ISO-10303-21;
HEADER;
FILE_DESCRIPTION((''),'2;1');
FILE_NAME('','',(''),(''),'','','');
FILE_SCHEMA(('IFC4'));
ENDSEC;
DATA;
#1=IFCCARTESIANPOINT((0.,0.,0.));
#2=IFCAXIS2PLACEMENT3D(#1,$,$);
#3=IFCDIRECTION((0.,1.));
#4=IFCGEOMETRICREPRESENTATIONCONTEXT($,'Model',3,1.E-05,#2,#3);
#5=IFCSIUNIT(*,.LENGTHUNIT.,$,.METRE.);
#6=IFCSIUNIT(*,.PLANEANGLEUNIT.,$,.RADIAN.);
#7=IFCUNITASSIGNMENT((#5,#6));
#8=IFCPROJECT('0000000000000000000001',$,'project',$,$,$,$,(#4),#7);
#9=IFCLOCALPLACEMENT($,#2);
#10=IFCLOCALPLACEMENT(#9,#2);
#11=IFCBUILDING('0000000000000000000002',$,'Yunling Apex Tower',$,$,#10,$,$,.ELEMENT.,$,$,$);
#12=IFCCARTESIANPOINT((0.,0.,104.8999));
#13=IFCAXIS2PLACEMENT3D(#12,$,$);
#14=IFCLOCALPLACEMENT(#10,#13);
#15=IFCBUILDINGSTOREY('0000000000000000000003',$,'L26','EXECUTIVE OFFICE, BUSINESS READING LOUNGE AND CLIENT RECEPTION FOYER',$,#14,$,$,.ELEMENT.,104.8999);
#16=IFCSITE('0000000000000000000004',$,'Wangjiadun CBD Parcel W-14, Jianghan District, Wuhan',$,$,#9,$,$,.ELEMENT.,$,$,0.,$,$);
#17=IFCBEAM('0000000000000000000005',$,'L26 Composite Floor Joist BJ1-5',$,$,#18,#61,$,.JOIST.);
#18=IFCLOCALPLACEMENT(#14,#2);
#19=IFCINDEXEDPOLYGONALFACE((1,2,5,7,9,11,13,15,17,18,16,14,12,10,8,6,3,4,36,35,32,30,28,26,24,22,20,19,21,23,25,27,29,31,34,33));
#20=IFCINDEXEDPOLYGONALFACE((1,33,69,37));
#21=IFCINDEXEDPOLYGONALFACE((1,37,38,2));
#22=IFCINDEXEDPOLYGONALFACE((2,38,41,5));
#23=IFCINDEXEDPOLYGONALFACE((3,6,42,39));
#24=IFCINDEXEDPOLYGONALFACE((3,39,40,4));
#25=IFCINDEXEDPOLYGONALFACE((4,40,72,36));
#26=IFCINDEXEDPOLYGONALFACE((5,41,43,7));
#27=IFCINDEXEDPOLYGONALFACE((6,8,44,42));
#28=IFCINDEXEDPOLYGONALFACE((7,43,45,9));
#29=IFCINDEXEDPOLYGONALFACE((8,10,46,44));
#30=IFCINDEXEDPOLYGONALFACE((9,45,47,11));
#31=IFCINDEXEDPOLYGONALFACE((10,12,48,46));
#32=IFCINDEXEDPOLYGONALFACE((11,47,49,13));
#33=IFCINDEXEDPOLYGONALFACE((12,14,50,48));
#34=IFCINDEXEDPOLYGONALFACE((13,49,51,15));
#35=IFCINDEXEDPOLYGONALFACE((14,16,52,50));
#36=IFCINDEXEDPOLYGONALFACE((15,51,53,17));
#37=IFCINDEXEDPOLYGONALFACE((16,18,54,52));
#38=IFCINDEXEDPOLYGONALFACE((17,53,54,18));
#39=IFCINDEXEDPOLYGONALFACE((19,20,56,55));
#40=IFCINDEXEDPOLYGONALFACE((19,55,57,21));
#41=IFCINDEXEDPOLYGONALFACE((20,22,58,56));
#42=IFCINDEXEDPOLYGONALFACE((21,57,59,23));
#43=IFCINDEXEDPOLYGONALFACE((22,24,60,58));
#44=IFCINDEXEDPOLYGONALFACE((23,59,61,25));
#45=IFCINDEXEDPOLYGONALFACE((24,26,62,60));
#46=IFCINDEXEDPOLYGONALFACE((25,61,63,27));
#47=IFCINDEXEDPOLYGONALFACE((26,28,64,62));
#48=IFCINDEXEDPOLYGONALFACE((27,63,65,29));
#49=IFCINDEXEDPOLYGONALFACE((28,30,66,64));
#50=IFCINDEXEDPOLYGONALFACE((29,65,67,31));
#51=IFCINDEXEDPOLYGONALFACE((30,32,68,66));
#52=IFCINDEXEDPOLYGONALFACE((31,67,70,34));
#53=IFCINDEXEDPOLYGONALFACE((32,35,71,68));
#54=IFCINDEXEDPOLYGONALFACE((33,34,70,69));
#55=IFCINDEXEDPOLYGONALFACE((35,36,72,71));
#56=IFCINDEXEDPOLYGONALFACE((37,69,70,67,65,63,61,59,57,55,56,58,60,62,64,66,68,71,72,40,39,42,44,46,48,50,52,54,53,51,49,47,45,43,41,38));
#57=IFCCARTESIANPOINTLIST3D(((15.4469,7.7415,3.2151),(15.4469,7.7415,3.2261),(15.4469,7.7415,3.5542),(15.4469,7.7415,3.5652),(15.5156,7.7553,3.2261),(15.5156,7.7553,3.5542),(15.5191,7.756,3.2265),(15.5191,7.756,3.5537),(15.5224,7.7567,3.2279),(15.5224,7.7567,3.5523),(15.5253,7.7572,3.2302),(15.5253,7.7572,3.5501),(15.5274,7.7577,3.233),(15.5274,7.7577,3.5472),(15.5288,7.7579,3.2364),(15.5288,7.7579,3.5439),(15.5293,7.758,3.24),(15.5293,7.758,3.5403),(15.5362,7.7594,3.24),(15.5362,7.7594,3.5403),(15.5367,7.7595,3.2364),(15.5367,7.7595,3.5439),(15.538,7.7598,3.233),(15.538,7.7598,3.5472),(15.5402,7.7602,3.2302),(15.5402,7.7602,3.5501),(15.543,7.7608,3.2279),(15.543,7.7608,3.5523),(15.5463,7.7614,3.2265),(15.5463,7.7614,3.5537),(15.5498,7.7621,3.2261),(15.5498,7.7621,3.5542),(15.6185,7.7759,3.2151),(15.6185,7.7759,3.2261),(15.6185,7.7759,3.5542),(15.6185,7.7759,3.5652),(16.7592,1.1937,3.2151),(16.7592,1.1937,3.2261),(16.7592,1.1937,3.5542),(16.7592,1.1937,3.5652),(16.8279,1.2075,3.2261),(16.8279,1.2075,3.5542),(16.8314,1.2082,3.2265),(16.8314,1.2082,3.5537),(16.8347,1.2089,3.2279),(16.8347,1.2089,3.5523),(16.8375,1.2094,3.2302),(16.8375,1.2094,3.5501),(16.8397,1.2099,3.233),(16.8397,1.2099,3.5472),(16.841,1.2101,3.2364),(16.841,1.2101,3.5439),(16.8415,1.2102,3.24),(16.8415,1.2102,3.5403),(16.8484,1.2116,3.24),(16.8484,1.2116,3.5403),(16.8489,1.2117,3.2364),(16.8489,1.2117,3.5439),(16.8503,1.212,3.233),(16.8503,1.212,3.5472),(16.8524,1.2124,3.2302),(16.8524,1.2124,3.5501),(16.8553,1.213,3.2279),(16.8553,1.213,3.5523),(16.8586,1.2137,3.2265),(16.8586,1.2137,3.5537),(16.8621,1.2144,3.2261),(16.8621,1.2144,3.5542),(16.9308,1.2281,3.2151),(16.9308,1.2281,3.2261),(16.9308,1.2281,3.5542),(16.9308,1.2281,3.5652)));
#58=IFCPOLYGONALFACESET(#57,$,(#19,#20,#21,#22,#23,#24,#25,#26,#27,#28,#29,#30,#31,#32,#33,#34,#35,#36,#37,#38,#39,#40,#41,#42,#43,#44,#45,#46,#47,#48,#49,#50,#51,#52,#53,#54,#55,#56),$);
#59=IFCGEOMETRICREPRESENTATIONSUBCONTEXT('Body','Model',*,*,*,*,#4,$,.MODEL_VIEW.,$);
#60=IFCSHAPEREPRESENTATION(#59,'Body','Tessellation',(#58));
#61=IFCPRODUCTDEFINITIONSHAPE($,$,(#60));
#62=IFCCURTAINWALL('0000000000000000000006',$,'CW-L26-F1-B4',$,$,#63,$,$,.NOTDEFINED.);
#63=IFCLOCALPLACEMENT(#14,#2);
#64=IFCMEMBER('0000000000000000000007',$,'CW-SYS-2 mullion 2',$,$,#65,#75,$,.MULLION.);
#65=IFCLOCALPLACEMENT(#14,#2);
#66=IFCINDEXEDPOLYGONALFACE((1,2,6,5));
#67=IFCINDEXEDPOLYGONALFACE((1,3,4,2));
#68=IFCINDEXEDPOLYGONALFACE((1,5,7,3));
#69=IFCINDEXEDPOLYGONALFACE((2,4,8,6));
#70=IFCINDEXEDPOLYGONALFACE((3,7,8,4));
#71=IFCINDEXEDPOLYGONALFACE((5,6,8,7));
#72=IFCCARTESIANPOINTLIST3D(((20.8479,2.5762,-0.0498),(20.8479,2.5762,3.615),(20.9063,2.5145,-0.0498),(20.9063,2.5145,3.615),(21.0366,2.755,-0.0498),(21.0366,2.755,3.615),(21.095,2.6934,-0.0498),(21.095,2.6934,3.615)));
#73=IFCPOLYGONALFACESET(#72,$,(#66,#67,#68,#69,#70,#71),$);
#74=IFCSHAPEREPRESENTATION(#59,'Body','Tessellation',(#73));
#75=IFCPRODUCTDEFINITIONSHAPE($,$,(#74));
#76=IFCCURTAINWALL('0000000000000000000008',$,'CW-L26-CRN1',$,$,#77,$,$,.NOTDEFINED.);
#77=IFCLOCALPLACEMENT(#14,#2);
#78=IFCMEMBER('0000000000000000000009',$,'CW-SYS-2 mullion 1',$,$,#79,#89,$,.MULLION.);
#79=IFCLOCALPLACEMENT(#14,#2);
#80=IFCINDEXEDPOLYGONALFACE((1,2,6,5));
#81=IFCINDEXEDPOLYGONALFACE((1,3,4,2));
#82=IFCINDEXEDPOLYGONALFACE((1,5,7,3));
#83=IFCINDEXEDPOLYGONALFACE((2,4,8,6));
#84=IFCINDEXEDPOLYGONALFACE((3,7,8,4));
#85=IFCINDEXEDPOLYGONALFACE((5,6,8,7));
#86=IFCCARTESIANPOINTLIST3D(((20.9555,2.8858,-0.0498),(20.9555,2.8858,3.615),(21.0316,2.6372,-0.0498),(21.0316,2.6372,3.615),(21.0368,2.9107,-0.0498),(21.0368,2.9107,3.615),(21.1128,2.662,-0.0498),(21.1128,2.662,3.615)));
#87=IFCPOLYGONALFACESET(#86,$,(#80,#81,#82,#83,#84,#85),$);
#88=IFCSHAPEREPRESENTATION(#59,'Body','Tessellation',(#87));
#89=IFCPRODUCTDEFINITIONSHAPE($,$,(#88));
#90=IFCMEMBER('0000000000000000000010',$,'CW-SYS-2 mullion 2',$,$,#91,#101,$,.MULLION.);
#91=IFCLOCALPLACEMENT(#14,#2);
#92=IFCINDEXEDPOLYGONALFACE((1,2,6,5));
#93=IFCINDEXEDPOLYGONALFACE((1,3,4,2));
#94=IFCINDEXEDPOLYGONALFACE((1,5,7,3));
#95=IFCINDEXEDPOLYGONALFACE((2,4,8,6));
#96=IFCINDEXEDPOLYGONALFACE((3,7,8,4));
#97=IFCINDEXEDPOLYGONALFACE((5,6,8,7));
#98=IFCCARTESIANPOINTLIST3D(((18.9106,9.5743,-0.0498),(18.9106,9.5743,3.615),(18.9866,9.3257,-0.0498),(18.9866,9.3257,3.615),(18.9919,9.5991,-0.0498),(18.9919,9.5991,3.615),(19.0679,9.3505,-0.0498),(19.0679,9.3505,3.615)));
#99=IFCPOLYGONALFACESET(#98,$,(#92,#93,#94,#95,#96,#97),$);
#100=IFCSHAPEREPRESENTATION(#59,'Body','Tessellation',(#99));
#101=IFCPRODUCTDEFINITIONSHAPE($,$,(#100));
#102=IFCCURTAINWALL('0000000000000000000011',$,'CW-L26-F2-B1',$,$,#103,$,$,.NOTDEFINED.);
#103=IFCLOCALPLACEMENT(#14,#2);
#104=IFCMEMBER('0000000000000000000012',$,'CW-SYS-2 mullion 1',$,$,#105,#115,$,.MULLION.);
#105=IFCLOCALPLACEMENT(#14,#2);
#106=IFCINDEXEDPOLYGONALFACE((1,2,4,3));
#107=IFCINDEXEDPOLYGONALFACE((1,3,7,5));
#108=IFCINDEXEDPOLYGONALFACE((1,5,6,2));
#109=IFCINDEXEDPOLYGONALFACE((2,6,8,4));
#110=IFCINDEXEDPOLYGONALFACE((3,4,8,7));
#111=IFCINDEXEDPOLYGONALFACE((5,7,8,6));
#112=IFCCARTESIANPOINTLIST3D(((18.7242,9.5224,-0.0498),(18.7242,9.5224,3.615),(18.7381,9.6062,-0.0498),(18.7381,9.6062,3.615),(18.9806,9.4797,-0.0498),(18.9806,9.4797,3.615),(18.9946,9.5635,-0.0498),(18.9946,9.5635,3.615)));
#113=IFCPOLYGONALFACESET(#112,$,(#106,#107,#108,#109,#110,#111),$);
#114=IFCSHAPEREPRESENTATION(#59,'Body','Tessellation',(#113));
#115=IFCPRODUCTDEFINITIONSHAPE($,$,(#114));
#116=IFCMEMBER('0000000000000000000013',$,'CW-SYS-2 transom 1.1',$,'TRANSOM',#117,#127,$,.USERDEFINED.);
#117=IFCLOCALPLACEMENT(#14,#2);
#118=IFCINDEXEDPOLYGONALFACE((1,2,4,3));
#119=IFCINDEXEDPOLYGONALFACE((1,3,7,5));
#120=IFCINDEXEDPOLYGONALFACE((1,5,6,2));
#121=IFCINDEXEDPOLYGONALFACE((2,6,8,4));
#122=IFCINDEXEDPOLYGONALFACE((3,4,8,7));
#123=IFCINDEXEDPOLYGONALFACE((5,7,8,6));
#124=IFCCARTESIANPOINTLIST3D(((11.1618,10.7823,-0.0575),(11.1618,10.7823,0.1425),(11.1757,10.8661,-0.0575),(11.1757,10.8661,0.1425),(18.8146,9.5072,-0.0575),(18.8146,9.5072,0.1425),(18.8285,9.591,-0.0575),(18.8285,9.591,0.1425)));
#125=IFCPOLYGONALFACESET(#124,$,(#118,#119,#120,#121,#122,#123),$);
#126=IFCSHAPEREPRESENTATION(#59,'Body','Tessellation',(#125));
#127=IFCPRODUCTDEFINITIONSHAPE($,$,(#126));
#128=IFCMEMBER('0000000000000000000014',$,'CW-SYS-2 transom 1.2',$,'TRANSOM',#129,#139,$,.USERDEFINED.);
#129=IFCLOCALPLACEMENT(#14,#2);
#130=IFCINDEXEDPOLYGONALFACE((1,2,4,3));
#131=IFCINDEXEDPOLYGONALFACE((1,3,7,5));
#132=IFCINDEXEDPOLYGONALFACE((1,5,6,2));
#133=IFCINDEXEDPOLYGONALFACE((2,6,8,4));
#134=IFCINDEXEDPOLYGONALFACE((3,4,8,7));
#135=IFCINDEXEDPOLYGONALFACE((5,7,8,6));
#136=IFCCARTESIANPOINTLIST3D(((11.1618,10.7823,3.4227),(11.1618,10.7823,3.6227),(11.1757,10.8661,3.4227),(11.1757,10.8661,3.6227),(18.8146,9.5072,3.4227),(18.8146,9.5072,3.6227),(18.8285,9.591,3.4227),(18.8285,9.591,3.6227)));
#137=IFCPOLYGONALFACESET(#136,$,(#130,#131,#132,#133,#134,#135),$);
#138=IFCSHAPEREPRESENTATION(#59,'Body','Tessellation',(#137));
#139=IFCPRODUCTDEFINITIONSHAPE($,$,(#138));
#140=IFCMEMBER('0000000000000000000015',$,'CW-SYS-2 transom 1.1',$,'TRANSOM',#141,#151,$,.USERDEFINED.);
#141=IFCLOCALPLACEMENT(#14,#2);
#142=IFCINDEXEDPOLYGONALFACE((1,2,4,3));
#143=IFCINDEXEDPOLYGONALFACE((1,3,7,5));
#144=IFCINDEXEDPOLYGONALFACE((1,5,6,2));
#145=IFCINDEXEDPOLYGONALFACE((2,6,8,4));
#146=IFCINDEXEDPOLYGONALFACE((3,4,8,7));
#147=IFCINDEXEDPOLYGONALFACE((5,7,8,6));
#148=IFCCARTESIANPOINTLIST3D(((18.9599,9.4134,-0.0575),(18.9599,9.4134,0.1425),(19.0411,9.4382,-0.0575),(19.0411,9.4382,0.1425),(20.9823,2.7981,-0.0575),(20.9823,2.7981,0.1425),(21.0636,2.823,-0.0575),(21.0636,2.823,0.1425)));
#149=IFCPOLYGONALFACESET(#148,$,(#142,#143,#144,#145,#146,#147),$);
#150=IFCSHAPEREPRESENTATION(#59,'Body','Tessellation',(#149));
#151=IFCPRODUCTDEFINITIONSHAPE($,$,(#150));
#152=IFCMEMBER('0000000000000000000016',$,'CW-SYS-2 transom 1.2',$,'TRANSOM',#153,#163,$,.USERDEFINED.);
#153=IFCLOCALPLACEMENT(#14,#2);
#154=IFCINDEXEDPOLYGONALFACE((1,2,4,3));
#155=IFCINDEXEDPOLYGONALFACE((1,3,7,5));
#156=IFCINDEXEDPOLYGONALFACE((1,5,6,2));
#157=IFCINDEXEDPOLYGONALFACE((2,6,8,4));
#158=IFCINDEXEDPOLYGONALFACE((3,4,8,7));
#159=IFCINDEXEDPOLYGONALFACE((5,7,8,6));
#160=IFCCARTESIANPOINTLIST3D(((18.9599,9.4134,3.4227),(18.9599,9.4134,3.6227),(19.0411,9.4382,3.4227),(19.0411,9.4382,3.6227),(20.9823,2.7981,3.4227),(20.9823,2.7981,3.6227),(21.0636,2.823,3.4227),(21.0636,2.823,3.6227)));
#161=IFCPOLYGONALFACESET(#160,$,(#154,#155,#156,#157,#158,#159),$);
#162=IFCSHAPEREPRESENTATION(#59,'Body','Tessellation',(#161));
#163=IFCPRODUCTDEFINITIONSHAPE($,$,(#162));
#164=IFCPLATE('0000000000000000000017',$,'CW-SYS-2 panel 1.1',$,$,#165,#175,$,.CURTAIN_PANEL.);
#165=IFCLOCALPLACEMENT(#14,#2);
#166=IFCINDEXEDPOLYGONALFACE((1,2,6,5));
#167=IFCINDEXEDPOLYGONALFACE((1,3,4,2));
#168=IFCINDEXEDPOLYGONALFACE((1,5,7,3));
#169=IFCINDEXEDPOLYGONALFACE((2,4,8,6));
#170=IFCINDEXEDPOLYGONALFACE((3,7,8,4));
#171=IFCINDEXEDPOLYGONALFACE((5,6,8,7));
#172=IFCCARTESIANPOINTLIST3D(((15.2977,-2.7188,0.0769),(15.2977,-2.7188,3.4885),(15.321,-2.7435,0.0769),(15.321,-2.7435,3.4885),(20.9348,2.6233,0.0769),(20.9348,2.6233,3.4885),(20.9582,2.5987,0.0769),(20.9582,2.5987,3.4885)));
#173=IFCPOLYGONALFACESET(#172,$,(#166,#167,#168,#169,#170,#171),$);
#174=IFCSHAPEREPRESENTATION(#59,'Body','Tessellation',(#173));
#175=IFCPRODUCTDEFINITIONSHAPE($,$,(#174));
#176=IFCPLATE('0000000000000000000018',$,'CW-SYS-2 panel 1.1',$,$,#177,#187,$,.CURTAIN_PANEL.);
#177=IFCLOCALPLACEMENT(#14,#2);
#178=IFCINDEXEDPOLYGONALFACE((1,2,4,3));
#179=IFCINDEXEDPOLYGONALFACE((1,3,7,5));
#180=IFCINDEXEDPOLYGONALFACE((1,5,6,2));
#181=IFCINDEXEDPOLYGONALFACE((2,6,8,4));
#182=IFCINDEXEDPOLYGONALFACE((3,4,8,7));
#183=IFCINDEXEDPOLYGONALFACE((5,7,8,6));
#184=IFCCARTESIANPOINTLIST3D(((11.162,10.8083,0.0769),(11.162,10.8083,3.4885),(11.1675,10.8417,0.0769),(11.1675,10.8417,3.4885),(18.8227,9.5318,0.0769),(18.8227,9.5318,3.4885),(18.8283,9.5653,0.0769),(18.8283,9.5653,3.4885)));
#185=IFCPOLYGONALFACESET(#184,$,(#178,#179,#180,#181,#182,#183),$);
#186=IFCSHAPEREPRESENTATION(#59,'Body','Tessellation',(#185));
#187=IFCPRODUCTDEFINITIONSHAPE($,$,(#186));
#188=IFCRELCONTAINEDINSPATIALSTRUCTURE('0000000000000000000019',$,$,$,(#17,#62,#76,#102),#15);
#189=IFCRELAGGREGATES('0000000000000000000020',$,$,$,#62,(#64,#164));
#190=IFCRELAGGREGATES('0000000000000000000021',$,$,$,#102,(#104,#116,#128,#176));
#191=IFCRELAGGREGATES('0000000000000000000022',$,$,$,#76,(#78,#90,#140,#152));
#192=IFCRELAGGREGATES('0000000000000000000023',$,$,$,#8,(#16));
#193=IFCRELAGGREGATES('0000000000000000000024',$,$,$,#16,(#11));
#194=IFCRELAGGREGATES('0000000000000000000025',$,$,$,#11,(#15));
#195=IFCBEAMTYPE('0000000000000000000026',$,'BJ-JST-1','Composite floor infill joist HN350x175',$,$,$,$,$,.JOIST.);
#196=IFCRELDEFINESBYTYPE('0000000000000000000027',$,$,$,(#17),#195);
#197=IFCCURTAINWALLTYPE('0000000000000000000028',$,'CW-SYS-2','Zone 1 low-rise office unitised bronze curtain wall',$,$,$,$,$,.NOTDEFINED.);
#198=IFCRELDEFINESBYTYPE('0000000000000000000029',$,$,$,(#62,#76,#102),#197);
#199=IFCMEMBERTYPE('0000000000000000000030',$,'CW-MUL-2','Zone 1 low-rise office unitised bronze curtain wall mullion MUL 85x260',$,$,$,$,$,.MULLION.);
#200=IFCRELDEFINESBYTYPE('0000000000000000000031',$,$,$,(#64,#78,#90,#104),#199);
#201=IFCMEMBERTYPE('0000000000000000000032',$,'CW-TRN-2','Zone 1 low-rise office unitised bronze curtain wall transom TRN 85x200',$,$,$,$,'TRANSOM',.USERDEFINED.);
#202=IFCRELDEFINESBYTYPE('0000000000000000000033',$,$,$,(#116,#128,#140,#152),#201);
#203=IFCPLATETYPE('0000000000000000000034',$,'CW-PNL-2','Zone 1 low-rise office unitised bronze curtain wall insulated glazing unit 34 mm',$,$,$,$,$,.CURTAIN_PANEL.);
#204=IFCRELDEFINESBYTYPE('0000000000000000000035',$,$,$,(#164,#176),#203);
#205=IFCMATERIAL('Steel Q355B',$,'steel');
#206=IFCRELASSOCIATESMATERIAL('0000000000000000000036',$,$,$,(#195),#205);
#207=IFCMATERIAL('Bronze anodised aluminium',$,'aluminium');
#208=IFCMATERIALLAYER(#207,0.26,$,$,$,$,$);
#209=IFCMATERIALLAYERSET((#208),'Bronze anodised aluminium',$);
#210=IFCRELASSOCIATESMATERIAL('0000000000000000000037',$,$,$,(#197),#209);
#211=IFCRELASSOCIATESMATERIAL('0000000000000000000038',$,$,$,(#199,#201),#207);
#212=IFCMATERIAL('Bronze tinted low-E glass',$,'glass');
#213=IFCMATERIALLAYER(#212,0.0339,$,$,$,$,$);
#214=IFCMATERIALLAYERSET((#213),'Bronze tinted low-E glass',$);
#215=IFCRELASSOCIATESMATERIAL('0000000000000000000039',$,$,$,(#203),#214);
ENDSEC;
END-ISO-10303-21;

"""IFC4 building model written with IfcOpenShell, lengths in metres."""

from ifc_helpers import new_model, si_unit, direction, frame, origin, origin_2d, place, context, subcontext, project, spatial, rectangle, i_section, extrude, source, transform, mapped, material, layer, layer_set, material_profile, profile_set, type_object, element, aggregate, save


model = new_model("IFC4")

# Units and contexts
model_context = context("Model", 3, precision=1e-05, world=origin(), true_north=direction((0.0, 1.0)))
body_context = subcontext(model_context, "Body", "Model", "MODEL_VIEW")
ifc_project = project(units=[si_unit("LENGTHUNIT", "METRE"), si_unit("PLANEANGLEUNIT", "RADIAN")], contexts=[model_context])

# Site, building, storey
site_placement = place(None, origin())
site = spatial("IfcSite", under=ifc_project, at=site_placement, Name="Wangjiadun CBD Parcel W-14, Jianghan District, Wuhan", CompositionType="ELEMENT", RefElevation=0.0)
building_placement = place(site_placement, origin())
building = spatial("IfcBuilding", under=site, at=building_placement, Name="Yunling Apex Tower", CompositionType="ELEMENT")
storey_placement = place(building_placement, frame((0.0, 0.0, 104.8999)))
storey = spatial("IfcBuildingStorey", under=building, at=storey_placement, Name="L26", Description="EXECUTIVE OFFICE, BUSINESS READING LOUNGE AND CLIENT RECEPTION FOYER", CompositionType="ELEMENT", Elevation=104.8999)

# Beam
ifc_material_1 = material(Name="Steel Q355B", Category="steel")
ifc_material_profile_1 = material_profile(ifc_material_1, i_section(OverallWidth=0.175, OverallDepth=0.3501, WebThickness=0.0071, FlangeThickness=0.011, FilletRadius=0.0139, at=origin_2d()))
ifc_profile_set_1 = profile_set([ifc_material_profile_1], Name="Steel Q355B")
beam_type_1 = type_object("IfcBeamType", Name="BJ-JST-1", Description="Composite floor infill joist HN350x175", PredefinedType="JOIST", material=ifc_profile_set_1)
shared_shape_1 = source(origin(), body_context, "Body", "SweptSolid", [
    extrude(i_section(OverallWidth=0.175, OverallDepth=0.3501, WebThickness=0.0071, FlangeThickness=0.011, FilletRadius=0.0139, at=origin_2d()), origin(), (0.0, 0.0, 1.0), 6.678),
])
beam_1_placement = place(storey_placement, frame((16.845, 1.2109, 3.3901), z_axis=(-0.196503, 0.980503, 0.0), x_axis=(-0.980503, -0.196503, 0.0)))
element("IfcBeam", 1, at=beam_1_placement, inside=storey, type_object=beam_type_1, Name="L26 Composite Floor Joist BJ1-5", PredefinedType="JOIST", context=body_context, shape_type="MappedRepresentation", body=[
    mapped(shared_shape_1, transform((0.0, 0.0, 0.0), scale=1.0)),
])

# Curtain wall, member
ifc_material_2 = material(Name="Bronze anodised aluminium", Category="aluminium")
ifc_layer_1 = layer(ifc_material_2, 0.26)
ifc_layer_set_1 = layer_set([ifc_layer_1], Name="Bronze anodised aluminium")
curtain_wall_type = type_object("IfcCurtainWallType", Name="CW-SYS-2", Description="Zone 1 low-rise office unitised bronze curtain wall", PredefinedType="NOTDEFINED", material=ifc_layer_set_1)
curtain_wall_1_placement = place(storey_placement, origin())
curtain_wall_1 = element("IfcCurtainWall", 2, at=curtain_wall_1_placement, inside=storey, type_object=curtain_wall_type, Name="CW-L26-F1-B4", PredefinedType="NOTDEFINED")
ifc_material_profile_2 = material_profile(ifc_material_2, rectangle(XDim=0.085, YDim=0.26, at=origin_2d()))
ifc_profile_set_2 = profile_set([ifc_material_profile_2], Name="Bronze anodised aluminium")
member_type_1 = type_object("IfcMemberType", Name="CW-MUL-2", Description="Zone 1 low-rise office unitised bronze curtain wall mullion MUL 85x260", PredefinedType="MULLION", material=ifc_profile_set_2)
shared_shape_2 = source(origin(), body_context, "Body", "SweptSolid", [
    extrude(rectangle(XDim=0.085, YDim=0.26, at=origin_2d()), origin(), (0.0, 0.0, 1.0), 3.6648),
])
member_1_placement = place(storey_placement, frame((20.9714, 2.6348, -0.0498), z_axis=(0.0, 0.0, 1.0), x_axis=(-0.687861, 0.725842, 0.0)))
member_1 = element("IfcMember", 3, at=member_1_placement, type_object=member_type_1, Name="CW-SYS-2 mullion 2", PredefinedType="MULLION", context=body_context, shape_type="MappedRepresentation", body=[
    mapped(shared_shape_2, transform((0.0, 0.0, 0.0), scale=1.0)),
])

# Curtain walls, members
curtain_wall_2_placement = place(storey_placement, origin())
curtain_wall_2 = element("IfcCurtainWall", 4, at=curtain_wall_2_placement, inside=storey, type_object=curtain_wall_type, Name="CW-L26-CRN1", PredefinedType="NOTDEFINED")
member_2_placement = place(storey_placement, frame((21.0342, 2.7739, -0.0498), z_axis=(0.0, 0.0, 1.0), x_axis=(-0.956304, -0.292375, 0.0)))
member_2 = element("IfcMember", 5, at=member_2_placement, type_object=member_type_1, Name="CW-SYS-2 mullion 1", PredefinedType="MULLION", context=body_context, shape_type="MappedRepresentation", body=[
    mapped(shared_shape_2, transform((0.0, 0.0, 0.0), scale=1.0)),
])
member_3_placement = place(storey_placement, frame((18.9893, 9.4624, -0.0498), z_axis=(0.0, 0.0, 1.0), x_axis=(-0.956304, -0.292375, 0.0)))
member_3 = element("IfcMember", 6, at=member_3_placement, type_object=member_type_1, Name="CW-SYS-2 mullion 2", PredefinedType="MULLION", context=body_context, shape_type="MappedRepresentation", body=[
    mapped(shared_shape_2, transform((0.0, 0.0, 0.0), scale=1.0)),
])
curtain_wall_3_placement = place(storey_placement, origin())
curtain_wall_3 = element("IfcCurtainWall", 7, at=curtain_wall_3_placement, inside=storey, type_object=curtain_wall_type, Name="CW-L26-F2-B1", PredefinedType="NOTDEFINED")
member_4_placement = place(storey_placement, frame((18.8594, 9.543, -0.0498), z_axis=(0.0, 0.0, 1.0), x_axis=(-0.16436, -0.9864, 0.0)))
member_4 = element("IfcMember", 8, at=member_4_placement, type_object=member_type_1, Name="CW-SYS-2 mullion 1", PredefinedType="MULLION", context=body_context, shape_type="MappedRepresentation", body=[
    mapped(shared_shape_2, transform((0.0, 0.0, 0.0), scale=1.0)),
])
ifc_material_profile_3 = material_profile(ifc_material_2, rectangle(XDim=0.085, YDim=0.2, at=origin_2d()))
ifc_profile_set_3 = profile_set([ifc_material_profile_3], Name="Bronze anodised aluminium")
member_type_2 = type_object("IfcMemberType", Name="CW-TRN-2", Description="Zone 1 low-rise office unitised bronze curtain wall transom TRN 85x200", ElementType="TRANSOM", PredefinedType="USERDEFINED", material=ifc_profile_set_3)
shared_shape_3 = source(origin(), body_context, "Body", "SweptSolid", [
    extrude(rectangle(XDim=0.085, YDim=0.2, at=origin_2d()), origin(), (0.0, 0.0, 1.0), 7.7583),
])
member_5_placement = place(storey_placement, frame((18.8215, 9.5491, 0.0425), z_axis=(-0.986401, 0.164358, 0.0), x_axis=(-0.164358, -0.986401, 0.0)))
member_5 = element("IfcMember", 9, at=member_5_placement, type_object=member_type_2, Name="CW-SYS-2 transom 1.1", ObjectType="TRANSOM", PredefinedType="USERDEFINED", context=body_context, shape_type="MappedRepresentation", body=[
    mapped(shared_shape_3, transform((0.0, 0.0, 0.0), scale=1.0)),
])
member_6_placement = place(storey_placement, frame((18.8215, 9.5491, 3.5227), z_axis=(-0.986401, 0.164358, 0.0), x_axis=(-0.164358, -0.986401, 0.0)))
member_6 = element("IfcMember", 10, at=member_6_placement, type_object=member_type_2, Name="CW-SYS-2 transom 1.2", ObjectType="TRANSOM", PredefinedType="USERDEFINED", context=body_context, shape_type="MappedRepresentation", body=[
    mapped(shared_shape_3, transform((0.0, 0.0, 0.0), scale=1.0)),
])

# Members
shared_shape_4 = source(origin(), body_context, "Body", "SweptSolid", [
    extrude(rectangle(XDim=0.085, YDim=0.2, at=origin_2d()), origin(), (0.0, 0.0, 1.0), 6.9175),
])
member_7_placement = place(storey_placement, frame((21.0229, 2.8105, 0.0425), z_axis=(-0.292369, 0.956306, 0.0), x_axis=(-0.956306, -0.292369, 0.0)))
member_7 = element("IfcMember", 11, at=member_7_placement, type_object=member_type_2, Name="CW-SYS-2 transom 1.1", ObjectType="TRANSOM", PredefinedType="USERDEFINED", context=body_context, shape_type="MappedRepresentation", body=[
    mapped(shared_shape_4, transform((0.0, 0.0, 0.0), scale=1.0)),
])
member_8_placement = place(storey_placement, frame((21.0229, 2.8105, 3.5227), z_axis=(-0.292369, 0.956306, 0.0), x_axis=(-0.956306, -0.292369, 0.0)))
member_8 = element("IfcMember", 12, at=member_8_placement, type_object=member_type_2, Name="CW-SYS-2 transom 1.2", ObjectType="TRANSOM", PredefinedType="USERDEFINED", context=body_context, shape_type="MappedRepresentation", body=[
    mapped(shared_shape_4, transform((0.0, 0.0, 0.0), scale=1.0)),
])

# Plates
ifc_material_3 = material(Name="Bronze tinted low-E glass", Category="glass")
ifc_layer_2 = layer(ifc_material_3, 0.0339)
ifc_layer_set_2 = layer_set([ifc_layer_2], Name="Bronze tinted low-E glass")
plate_type = type_object("IfcPlateType", Name="CW-PNL-2", Description="Zone 1 low-rise office unitised bronze curtain wall insulated glazing unit 34 mm", PredefinedType="CURTAIN_PANEL", material=ifc_layer_set_2)
shared_shape_5 = source(origin(), body_context, "Body", "SweptSolid", [
    extrude(rectangle(XDim=7.7664, YDim=0.0339, at=origin_2d()), origin(), (0.0, 0.0, 1.0), 3.4116),
])
plate_1_placement = place(storey_placement, frame((18.1279, -0.0601, 0.0769), z_axis=(0.0, 0.0, 1.0), x_axis=(0.725842, 0.687861, 0.0)))
plate_1 = element("IfcPlate", 13, at=plate_1_placement, type_object=plate_type, Name="CW-SYS-2 panel 1.1", PredefinedType="CURTAIN_PANEL", context=body_context, shape_type="MappedRepresentation", body=[
    mapped(shared_shape_5, transform((0.0, 0.0, 0.0), scale=1.0)),
])
aggregate(curtain_wall_1, [member_1, plate_1])
plate_2_placement = place(storey_placement, frame((14.9951, 10.1868, 0.0769), z_axis=(0.0, 0.0, 1.0), x_axis=(-0.9864, 0.16436, 0.0)))
plate_2 = element("IfcPlate", 14, at=plate_2_placement, type_object=plate_type, Name="CW-SYS-2 panel 1.1", PredefinedType="CURTAIN_PANEL", context=body_context, shape_type="MappedRepresentation", body=[
    mapped(shared_shape_5, transform((0.0, 0.0, 0.0), scale=1.0)),
])
aggregate(curtain_wall_3, [member_4, member_5, member_6, plate_2])
aggregate(curtain_wall_2, [member_2, member_3, member_7, member_8])

save(model, "model.ifc")
